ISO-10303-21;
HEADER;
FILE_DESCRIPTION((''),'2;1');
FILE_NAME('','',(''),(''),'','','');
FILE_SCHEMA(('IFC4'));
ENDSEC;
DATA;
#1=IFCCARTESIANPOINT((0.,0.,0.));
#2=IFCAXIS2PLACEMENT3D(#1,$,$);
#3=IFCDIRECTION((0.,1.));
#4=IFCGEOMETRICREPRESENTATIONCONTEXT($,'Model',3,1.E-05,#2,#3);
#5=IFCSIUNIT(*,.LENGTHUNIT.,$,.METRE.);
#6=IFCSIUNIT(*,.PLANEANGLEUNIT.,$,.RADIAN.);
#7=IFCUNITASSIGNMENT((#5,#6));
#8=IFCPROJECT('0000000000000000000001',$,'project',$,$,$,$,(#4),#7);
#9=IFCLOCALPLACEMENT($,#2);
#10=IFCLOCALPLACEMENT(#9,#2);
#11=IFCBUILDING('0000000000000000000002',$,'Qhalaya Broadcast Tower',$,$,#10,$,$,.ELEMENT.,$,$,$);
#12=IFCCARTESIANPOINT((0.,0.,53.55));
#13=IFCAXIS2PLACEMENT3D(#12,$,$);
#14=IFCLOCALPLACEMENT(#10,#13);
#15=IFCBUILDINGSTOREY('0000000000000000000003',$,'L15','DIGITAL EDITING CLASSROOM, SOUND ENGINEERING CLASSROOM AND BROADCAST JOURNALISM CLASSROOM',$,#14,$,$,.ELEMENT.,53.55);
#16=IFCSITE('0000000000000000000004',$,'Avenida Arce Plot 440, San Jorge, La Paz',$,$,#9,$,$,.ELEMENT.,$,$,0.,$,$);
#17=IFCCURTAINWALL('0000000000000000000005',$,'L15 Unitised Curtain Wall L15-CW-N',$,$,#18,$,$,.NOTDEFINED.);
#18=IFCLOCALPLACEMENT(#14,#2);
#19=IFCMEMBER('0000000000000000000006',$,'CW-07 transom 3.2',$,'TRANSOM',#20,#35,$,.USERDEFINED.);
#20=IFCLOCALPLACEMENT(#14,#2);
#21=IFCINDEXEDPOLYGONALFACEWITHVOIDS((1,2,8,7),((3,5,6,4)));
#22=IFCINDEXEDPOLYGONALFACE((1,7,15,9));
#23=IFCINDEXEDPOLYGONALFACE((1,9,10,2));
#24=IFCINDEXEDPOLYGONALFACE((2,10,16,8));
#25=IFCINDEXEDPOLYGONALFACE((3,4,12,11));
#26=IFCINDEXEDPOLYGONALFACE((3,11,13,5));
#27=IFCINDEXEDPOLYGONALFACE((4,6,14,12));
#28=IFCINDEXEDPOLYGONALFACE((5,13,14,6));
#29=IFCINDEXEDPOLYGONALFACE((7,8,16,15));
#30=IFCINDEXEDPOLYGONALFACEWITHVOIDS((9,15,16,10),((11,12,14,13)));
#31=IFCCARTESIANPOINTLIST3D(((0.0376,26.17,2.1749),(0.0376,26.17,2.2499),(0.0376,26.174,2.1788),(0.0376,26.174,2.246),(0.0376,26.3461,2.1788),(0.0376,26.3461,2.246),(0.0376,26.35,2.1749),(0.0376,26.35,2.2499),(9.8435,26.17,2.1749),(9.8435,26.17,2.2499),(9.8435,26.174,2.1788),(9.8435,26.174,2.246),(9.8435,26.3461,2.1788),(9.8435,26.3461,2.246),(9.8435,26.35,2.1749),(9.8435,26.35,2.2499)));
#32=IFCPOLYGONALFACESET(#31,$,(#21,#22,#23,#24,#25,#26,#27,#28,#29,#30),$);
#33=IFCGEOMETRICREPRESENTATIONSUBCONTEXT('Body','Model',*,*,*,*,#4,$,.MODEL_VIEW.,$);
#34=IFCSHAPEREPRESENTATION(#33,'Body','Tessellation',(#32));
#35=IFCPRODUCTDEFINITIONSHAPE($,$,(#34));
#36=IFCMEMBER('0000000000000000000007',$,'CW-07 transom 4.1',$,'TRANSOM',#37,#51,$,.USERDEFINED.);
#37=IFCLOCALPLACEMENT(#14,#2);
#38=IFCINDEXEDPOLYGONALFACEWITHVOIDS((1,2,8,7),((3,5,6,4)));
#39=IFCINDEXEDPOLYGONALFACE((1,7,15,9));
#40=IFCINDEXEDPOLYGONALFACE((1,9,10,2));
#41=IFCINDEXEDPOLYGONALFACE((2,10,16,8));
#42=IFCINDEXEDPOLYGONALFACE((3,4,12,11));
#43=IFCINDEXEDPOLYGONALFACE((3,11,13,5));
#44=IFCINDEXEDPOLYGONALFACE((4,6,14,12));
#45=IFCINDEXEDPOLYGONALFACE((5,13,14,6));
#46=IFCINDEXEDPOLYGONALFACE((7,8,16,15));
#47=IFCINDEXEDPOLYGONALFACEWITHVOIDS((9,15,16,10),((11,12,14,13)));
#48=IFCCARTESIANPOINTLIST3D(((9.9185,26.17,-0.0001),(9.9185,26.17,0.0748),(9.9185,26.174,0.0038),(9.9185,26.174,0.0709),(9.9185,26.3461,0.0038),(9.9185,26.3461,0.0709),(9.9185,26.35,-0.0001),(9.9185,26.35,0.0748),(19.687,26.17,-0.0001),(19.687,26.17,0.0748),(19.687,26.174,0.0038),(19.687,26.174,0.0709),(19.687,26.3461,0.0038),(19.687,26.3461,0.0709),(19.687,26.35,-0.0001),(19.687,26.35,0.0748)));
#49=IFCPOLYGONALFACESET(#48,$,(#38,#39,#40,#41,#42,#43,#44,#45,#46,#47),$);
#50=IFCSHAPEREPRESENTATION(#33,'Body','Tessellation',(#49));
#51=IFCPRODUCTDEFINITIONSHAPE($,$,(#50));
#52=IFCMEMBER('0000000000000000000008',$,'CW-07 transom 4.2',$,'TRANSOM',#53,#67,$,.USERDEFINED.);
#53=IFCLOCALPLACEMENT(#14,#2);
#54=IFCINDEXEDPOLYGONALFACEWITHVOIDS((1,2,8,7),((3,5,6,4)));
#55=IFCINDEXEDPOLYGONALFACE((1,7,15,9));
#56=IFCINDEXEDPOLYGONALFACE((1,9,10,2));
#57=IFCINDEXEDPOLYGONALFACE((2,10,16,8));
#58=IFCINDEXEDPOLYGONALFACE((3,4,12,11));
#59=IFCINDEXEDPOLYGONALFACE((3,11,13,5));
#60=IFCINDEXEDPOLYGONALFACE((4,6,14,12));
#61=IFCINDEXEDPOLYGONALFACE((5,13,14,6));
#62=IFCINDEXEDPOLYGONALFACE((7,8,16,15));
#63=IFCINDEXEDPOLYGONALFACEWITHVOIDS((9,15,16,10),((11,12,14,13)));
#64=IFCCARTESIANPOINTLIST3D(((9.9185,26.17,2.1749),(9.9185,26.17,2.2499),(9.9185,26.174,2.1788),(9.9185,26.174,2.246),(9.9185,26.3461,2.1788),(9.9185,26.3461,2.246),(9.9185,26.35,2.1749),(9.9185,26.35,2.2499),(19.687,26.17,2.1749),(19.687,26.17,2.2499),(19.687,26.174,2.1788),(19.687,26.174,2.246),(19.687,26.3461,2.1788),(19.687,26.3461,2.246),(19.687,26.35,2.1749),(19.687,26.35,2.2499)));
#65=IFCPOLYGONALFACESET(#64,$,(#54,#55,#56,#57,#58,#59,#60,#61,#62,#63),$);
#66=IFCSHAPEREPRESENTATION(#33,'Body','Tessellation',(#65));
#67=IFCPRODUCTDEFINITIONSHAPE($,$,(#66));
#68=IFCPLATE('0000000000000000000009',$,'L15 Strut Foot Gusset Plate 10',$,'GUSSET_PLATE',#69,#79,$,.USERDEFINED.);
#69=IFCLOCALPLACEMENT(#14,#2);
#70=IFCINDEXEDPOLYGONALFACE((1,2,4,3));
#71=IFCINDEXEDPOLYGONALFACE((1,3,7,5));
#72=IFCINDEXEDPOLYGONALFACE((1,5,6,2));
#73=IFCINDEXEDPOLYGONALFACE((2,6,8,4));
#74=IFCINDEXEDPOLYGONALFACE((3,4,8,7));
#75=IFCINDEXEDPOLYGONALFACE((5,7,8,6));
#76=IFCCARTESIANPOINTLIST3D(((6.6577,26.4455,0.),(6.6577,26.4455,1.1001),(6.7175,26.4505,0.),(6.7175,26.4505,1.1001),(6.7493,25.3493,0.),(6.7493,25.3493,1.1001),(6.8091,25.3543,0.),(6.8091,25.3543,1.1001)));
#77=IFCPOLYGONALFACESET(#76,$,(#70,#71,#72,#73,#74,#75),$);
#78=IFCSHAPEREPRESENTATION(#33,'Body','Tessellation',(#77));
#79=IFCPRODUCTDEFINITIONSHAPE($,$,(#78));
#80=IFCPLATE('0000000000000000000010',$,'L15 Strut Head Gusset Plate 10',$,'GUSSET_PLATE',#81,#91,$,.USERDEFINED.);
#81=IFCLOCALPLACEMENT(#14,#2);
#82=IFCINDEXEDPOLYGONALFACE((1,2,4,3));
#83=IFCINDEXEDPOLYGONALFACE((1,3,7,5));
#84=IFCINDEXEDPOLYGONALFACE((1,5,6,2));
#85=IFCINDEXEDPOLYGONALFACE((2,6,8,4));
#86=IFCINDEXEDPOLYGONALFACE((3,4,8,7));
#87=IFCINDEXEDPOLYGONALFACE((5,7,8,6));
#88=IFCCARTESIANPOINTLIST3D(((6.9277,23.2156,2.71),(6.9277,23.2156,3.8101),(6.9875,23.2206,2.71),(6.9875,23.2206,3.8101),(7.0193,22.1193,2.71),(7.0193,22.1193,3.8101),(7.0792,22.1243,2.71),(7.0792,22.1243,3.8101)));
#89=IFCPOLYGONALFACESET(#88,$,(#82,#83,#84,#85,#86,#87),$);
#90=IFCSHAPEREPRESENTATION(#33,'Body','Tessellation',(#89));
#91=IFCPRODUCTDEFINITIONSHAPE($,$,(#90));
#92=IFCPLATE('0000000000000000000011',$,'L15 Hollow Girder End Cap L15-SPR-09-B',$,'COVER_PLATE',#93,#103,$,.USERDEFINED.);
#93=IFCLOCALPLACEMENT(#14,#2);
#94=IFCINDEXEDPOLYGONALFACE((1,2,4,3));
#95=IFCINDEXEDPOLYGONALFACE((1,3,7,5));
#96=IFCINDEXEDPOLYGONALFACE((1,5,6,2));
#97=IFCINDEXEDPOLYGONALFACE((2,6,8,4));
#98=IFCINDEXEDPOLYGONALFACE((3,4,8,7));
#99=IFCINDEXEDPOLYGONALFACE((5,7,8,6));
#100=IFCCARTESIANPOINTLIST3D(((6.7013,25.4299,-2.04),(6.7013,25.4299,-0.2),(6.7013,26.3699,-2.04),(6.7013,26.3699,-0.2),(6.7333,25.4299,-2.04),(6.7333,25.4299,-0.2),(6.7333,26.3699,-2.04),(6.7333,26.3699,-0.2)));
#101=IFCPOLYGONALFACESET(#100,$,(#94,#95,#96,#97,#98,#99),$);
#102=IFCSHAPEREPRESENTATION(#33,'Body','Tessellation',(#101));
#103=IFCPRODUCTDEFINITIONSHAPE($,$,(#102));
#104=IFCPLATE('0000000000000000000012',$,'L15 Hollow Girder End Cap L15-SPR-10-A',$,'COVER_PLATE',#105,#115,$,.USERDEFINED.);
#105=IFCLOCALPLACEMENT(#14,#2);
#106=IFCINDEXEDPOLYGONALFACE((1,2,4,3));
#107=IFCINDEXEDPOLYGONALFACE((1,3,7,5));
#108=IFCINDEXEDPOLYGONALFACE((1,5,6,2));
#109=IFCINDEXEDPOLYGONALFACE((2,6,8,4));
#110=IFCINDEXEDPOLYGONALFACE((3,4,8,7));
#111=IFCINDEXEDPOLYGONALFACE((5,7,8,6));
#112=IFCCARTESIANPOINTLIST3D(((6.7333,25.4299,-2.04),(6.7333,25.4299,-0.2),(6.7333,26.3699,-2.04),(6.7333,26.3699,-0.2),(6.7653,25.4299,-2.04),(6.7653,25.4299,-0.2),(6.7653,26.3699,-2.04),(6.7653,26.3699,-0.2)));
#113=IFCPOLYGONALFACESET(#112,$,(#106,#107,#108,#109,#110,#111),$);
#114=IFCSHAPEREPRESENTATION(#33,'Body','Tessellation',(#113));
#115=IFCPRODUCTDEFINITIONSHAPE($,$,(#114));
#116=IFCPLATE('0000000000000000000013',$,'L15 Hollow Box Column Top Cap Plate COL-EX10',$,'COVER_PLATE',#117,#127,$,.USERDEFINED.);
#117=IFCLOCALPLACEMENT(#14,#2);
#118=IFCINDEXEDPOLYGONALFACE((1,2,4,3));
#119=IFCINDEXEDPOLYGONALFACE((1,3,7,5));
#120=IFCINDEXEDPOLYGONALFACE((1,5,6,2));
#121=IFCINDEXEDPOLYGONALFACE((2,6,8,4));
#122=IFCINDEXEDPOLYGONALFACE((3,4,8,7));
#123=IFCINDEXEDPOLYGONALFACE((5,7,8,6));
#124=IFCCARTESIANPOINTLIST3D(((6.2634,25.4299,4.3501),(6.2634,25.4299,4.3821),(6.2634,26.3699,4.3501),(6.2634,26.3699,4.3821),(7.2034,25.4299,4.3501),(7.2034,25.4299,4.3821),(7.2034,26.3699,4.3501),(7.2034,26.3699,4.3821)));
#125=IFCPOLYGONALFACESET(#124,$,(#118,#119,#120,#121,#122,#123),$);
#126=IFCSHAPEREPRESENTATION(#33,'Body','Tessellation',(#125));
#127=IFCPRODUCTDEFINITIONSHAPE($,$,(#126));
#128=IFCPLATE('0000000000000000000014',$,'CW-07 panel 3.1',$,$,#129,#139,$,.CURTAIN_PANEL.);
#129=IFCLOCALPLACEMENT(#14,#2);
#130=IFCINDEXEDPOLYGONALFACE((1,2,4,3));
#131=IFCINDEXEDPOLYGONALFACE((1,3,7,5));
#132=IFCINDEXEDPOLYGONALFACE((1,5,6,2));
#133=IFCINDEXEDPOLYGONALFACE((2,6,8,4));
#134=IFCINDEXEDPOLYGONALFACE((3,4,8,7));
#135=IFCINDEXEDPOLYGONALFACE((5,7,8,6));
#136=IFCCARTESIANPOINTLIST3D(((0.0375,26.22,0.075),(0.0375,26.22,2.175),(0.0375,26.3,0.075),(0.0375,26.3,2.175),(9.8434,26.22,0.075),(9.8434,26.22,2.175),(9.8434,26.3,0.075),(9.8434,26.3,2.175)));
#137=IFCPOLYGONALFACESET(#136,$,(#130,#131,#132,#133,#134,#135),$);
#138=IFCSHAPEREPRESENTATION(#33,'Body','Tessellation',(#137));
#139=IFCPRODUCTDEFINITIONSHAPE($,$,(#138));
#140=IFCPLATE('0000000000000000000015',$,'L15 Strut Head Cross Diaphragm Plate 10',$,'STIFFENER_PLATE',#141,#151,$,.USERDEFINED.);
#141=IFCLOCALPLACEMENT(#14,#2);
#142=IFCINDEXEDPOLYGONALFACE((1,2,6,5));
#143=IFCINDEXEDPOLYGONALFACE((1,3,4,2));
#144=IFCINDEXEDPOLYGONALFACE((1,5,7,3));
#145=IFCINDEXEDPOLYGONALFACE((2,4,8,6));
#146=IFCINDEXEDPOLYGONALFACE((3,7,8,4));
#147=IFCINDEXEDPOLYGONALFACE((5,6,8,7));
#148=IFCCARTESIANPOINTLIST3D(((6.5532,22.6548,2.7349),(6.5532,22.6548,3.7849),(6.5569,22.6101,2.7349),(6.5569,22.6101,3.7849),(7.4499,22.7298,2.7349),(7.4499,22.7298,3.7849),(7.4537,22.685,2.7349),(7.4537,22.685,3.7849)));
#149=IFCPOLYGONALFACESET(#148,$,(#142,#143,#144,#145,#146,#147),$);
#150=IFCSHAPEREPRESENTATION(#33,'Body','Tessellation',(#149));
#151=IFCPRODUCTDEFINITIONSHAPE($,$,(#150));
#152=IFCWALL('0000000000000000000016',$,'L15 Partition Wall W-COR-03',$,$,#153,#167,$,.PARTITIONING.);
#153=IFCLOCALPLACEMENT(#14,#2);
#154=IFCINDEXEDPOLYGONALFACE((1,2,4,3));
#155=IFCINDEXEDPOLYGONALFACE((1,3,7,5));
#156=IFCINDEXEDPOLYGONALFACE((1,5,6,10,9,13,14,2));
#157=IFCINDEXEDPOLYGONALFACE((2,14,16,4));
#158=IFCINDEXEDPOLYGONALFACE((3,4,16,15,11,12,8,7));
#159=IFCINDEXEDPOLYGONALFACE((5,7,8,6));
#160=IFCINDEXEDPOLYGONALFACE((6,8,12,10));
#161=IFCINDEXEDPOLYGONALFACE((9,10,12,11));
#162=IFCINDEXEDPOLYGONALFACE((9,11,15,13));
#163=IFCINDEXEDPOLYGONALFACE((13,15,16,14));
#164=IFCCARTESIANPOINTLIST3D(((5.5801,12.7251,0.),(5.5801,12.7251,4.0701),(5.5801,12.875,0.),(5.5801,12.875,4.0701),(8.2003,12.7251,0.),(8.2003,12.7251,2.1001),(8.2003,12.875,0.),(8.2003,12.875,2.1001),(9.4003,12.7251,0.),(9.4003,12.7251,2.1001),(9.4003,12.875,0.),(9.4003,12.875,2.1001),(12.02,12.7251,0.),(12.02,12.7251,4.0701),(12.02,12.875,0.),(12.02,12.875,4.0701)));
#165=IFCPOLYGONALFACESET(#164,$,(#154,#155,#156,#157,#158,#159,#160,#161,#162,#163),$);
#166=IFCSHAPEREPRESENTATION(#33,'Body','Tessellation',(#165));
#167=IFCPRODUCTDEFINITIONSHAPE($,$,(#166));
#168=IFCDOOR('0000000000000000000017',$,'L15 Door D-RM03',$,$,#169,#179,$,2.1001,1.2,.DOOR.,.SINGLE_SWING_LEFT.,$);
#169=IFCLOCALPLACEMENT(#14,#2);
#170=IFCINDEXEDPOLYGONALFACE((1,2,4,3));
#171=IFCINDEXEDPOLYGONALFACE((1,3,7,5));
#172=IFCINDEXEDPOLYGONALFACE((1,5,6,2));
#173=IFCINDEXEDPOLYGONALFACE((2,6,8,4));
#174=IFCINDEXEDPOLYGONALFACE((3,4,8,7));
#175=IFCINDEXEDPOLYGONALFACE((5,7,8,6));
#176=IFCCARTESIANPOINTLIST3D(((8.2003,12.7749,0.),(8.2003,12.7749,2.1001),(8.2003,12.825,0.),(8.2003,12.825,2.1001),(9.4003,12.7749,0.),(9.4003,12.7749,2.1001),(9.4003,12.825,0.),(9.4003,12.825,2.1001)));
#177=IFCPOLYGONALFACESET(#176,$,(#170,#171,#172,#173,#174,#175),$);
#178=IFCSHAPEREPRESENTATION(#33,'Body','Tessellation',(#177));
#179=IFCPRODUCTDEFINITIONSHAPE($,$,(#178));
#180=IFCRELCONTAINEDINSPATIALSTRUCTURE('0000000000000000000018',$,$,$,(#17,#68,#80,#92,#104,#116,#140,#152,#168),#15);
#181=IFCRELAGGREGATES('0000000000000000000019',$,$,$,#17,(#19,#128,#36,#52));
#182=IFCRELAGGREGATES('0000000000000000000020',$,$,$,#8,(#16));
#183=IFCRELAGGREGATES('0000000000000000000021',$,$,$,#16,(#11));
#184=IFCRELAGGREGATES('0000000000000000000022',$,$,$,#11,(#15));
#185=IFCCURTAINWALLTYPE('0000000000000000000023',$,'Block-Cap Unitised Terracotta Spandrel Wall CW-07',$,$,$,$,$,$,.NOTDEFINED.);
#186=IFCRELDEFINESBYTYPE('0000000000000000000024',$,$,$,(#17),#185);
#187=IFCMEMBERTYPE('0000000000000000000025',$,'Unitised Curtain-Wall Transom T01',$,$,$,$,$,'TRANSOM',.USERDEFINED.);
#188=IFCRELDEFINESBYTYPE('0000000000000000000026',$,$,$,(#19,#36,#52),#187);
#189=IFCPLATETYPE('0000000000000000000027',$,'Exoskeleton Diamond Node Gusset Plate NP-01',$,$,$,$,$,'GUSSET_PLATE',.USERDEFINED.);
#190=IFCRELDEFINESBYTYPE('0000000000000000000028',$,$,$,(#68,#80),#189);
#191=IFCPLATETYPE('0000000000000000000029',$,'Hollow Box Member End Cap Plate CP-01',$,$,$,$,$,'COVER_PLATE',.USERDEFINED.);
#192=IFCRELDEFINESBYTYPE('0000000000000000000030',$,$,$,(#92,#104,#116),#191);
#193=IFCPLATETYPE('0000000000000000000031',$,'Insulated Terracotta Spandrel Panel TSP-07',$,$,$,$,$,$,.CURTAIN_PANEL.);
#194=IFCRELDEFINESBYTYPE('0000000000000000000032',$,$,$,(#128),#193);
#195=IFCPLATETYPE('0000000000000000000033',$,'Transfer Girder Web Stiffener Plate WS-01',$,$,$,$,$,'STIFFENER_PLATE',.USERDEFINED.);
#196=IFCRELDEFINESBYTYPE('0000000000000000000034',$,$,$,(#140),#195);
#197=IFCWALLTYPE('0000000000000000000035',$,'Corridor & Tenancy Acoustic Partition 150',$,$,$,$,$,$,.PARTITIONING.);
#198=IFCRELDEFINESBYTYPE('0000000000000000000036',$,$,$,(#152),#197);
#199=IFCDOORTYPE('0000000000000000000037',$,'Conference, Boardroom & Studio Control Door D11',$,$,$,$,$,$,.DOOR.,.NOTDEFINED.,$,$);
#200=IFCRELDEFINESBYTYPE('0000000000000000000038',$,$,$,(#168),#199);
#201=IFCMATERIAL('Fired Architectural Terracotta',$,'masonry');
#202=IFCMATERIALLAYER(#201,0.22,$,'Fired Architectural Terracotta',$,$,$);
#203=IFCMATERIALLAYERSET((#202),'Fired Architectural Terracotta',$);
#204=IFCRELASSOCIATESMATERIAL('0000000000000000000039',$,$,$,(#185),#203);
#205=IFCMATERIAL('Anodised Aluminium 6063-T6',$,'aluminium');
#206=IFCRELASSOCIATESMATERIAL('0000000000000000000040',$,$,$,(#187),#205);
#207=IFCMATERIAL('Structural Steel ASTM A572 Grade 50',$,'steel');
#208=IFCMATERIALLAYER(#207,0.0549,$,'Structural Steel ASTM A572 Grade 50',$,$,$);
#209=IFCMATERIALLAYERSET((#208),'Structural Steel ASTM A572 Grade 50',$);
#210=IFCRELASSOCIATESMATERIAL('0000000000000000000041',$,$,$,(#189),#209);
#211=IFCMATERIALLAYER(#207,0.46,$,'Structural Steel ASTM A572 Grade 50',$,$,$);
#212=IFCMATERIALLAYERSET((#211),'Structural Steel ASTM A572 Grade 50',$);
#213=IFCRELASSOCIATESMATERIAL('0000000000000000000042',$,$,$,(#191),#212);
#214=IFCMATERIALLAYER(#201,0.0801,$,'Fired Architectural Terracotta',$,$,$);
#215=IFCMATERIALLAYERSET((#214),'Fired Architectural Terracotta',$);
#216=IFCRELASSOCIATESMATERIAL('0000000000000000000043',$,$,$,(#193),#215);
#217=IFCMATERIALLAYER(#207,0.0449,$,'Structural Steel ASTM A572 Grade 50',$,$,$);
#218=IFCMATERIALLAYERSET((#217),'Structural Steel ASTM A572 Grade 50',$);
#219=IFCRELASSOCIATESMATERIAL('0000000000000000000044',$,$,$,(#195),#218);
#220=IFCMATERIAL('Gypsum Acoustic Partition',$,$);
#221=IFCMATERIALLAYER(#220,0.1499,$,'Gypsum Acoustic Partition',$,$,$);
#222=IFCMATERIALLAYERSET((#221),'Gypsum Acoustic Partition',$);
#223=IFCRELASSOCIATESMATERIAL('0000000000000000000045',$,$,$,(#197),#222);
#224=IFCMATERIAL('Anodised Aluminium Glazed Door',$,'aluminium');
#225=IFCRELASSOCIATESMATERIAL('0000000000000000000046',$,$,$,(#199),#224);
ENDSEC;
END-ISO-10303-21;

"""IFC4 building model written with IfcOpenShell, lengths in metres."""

from ifc_helpers import new_model, si_unit, direction, frame, frame_2d, origin, origin_2d, place, context, subcontext, project, spatial, rectangle, hollow_rectangle, extrude, material, layer, layer_set, material_profile, profile_set, type_object, element, fill, aggregate, save


model = new_model("IFC4")

# Units and contexts
model_context = context("Model", 3, precision=1e-05, world=origin(), true_north=direction((0.0, 1.0)))
body_context = subcontext(model_context, "Body", "Model", "MODEL_VIEW")
ifc_project = project(units=[si_unit("LENGTHUNIT", "METRE"), si_unit("PLANEANGLEUNIT", "RADIAN")], contexts=[model_context])

# Site, building, storey
site_placement = place(None, origin())
site = spatial("IfcSite", under=ifc_project, at=site_placement, Name="Avenida Arce Plot 440, San Jorge, La Paz", CompositionType="ELEMENT", RefElevation=0.0)
building_placement = place(site_placement, origin())
building = spatial("IfcBuilding", under=site, at=building_placement, Name="Qhalaya Broadcast Tower", CompositionType="ELEMENT")
storey_placement = place(building_placement, frame((0.0, 0.0, 53.55)))
storey = spatial("IfcBuildingStorey", under=building, at=storey_placement, Name="L15", Description="DIGITAL EDITING CLASSROOM, SOUND ENGINEERING CLASSROOM AND BROADCAST JOURNALISM CLASSROOM", CompositionType="ELEMENT", Elevation=53.55)

# Shared definitions
ifc_material_1 = material(Name="Structural Steel ASTM A572 Grade 50", Category="steel")

# Curtain wall, members
ifc_material_2 = material(Name="Fired Architectural Terracotta", Category="masonry")
ifc_layer_1 = layer(ifc_material_2, 0.22, Name="Fired Architectural Terracotta")
ifc_layer_set_1 = layer_set([ifc_layer_1], Name="Fired Architectural Terracotta")
curtain_wall_type = type_object("IfcCurtainWallType", Name="Block-Cap Unitised Terracotta Spandrel Wall CW-07", PredefinedType="NOTDEFINED", material=ifc_layer_set_1)
curtain_wall_placement = place(storey_placement, origin())
curtain_wall = element("IfcCurtainWall", 1, at=curtain_wall_placement, inside=storey, type_object=curtain_wall_type, Name="L15 Unitised Curtain Wall L15-CW-N", PredefinedType="NOTDEFINED")
ifc_material_3 = material(Name="Anodised Aluminium 6063-T6", Category="aluminium")
ifc_material_profile_1 = material_profile(ifc_material_3, hollow_rectangle(XDim=0.075, YDim=0.1799, WallThickness=0.0039, at=origin_2d()), Name="ALU-TRN 75x180x4")
ifc_profile_set_1 = profile_set([ifc_material_profile_1], Name="Anodised Aluminium 6063-T6")
member_type_1 = type_object("IfcMemberType", Name="Unitised Curtain-Wall Transom T01", ElementType="TRANSOM", PredefinedType="USERDEFINED", material=ifc_profile_set_1)
member_1_placement = place(storey_placement, frame((0.0376, 26.26, 2.2124), z_axis=(1.0, 0.0, 0.0), x_axis=(0.0, 0.0, 1.0)))
member_1 = element("IfcMember", 2, at=member_1_placement, type_object=member_type_1, Name="CW-07 transom 3.2", ObjectType="TRANSOM", PredefinedType="USERDEFINED", context=body_context, shape_type="SweptSolid", body=[
    extrude(hollow_rectangle(XDim=0.075, YDim=0.1799, WallThickness=0.0039, at=origin_2d()), origin(), (0.0, 0.0, 1.0), 9.8059),
])
member_2_placement = place(storey_placement, frame((9.9185, 26.26, 0.0374), z_axis=(1.0, 0.0, 0.0), x_axis=(0.0, 0.0, 1.0)))
member_2 = element("IfcMember", 3, at=member_2_placement, type_object=member_type_1, Name="CW-07 transom 4.1", ObjectType="TRANSOM", PredefinedType="USERDEFINED", context=body_context, shape_type="SweptSolid", body=[
    extrude(hollow_rectangle(XDim=0.075, YDim=0.1799, WallThickness=0.0039, at=origin_2d()), origin(), (0.0, 0.0, 1.0), 9.7686),
])
member_3_placement = place(storey_placement, frame((9.9185, 26.26, 2.2124), z_axis=(1.0, 0.0, 0.0), x_axis=(0.0, 0.0, 1.0)))
member_3 = element("IfcMember", 4, at=member_3_placement, type_object=member_type_1, Name="CW-07 transom 4.2", ObjectType="TRANSOM", PredefinedType="USERDEFINED", context=body_context, shape_type="SweptSolid", body=[
    extrude(hollow_rectangle(XDim=0.075, YDim=0.1799, WallThickness=0.0039, at=origin_2d()), origin(), (0.0, 0.0, 1.0), 9.7686),
])

# Plates
ifc_layer_2 = layer(ifc_material_1, 0.0549, Name="Structural Steel ASTM A572 Grade 50")
ifc_layer_set_2 = layer_set([ifc_layer_2], Name="Structural Steel ASTM A572 Grade 50")
plate_type_1 = type_object("IfcPlateType", Name="Exoskeleton Diamond Node Gusset Plate NP-01", ElementType="GUSSET_PLATE", PredefinedType="USERDEFINED", material=ifc_layer_set_2)
for number, where, z_axis, x_axis, name in (
    (5, (6.7334, 25.8999, 0.0), (0.0, 0.0, 1.0), (0.083295, -0.996525, 0.0), "L15 Strut Foot Gusset Plate 10"),
    (6, (7.0034, 22.6699, 2.71), (0.0, 0.0, 1.0), (0.083295, -0.996525, 0.0), "L15 Strut Head Gusset Plate 10"),
):
    element("IfcPlate", number, at=place(storey_placement, frame(where, z_axis=z_axis, x_axis=x_axis)), inside=storey, type_object=plate_type_1, Name=name, ObjectType="GUSSET_PLATE", PredefinedType="USERDEFINED", context=body_context, shape_type="SweptSolid", body=[
        extrude(rectangle(XDim=1.1001, YDim=0.0601, at=origin_2d()), origin(), (0.0, 0.0, 1.0), 1.1001),
    ])
ifc_layer_3 = layer(ifc_material_1, 0.46, Name="Structural Steel ASTM A572 Grade 50")
ifc_layer_set_3 = layer_set([ifc_layer_3], Name="Structural Steel ASTM A572 Grade 50")
plate_type_2 = type_object("IfcPlateType", Name="Hollow Box Member End Cap Plate CP-01", ElementType="COVER_PLATE", PredefinedType="USERDEFINED", material=ifc_layer_set_3)
for number, where, z_axis, x_axis, name in (
    (7, (6.7173, 25.8999, -2.04), (0.0, 0.0, 1.0), (0.0, -1.0, 0.0), "L15 Hollow Girder End Cap L15-SPR-09-B"),
    (8, (6.7493, 25.8999, -2.04), (0.0, 0.0, 1.0), (0.0, -1.0, 0.0), "L15 Hollow Girder End Cap L15-SPR-10-A"),
):
    element("IfcPlate", number, at=place(storey_placement, frame(where, z_axis=z_axis, x_axis=x_axis)), inside=storey, type_object=plate_type_2, Name=name, ObjectType="COVER_PLATE", PredefinedType="USERDEFINED", context=body_context, shape_type="SweptSolid", body=[
        extrude(rectangle(XDim=0.9399, YDim=0.032, at=origin_2d()), origin(), (0.0, 0.0, 1.0), 1.8401),
    ])
plate_1_placement = place(storey_placement, frame((6.7334, 25.8999, 4.3501), z_axis=(0.0, 0.0, 1.0), x_axis=(1.0, 0.0, 0.0)))
element("IfcPlate", 9, at=plate_1_placement, inside=storey, type_object=plate_type_2, Name="L15 Hollow Box Column Top Cap Plate COL-EX10", ObjectType="COVER_PLATE", PredefinedType="USERDEFINED", context=body_context, shape_type="SweptSolid", body=[
    extrude(rectangle(XDim=0.9399, YDim=0.9399, at=origin_2d()), origin(), (0.0, 0.0, 1.0), 0.032),
])

# Plates
ifc_layer_4 = layer(ifc_material_2, 0.0801, Name="Fired Architectural Terracotta")
ifc_layer_set_4 = layer_set([ifc_layer_4], Name="Fired Architectural Terracotta")
plate_type_3 = type_object("IfcPlateType", Name="Insulated Terracotta Spandrel Panel TSP-07", PredefinedType="CURTAIN_PANEL", material=ifc_layer_set_4)
plate_2_placement = place(storey_placement, frame((4.9404, 26.26, 0.075), z_axis=(0.0, 0.0, 1.0), x_axis=(1.0, 0.0, 0.0)))
plate_2 = element("IfcPlate", 10, at=plate_2_placement, type_object=plate_type_3, Name="CW-07 panel 3.1", PredefinedType="CURTAIN_PANEL", context=body_context, shape_type="SweptSolid", body=[
    extrude(rectangle(XDim=9.8059, YDim=0.0801, at=origin_2d()), origin(), (0.0, 0.0, 1.0), 2.1001),
])
aggregate(curtain_wall, [member_1, plate_2, member_2, member_3])
ifc_layer_5 = layer(ifc_material_1, 0.0449, Name="Structural Steel ASTM A572 Grade 50")
ifc_layer_set_5 = layer_set([ifc_layer_5], Name="Structural Steel ASTM A572 Grade 50")
plate_type_4 = type_object("IfcPlateType", Name="Transfer Girder Web Stiffener Plate WS-01", ElementType="STIFFENER_PLATE", PredefinedType="USERDEFINED", material=ifc_layer_set_5)
plate_3_placement = place(storey_placement, frame((7.0034, 22.6699, 2.7349), z_axis=(0.0, 0.0, 1.0), x_axis=(0.996525, 0.083295, 0.0)))
element("IfcPlate", 11, at=plate_3_placement, inside=storey, type_object=plate_type_4, Name="L15 Strut Head Cross Diaphragm Plate 10", ObjectType="STIFFENER_PLATE", PredefinedType="USERDEFINED", context=body_context, shape_type="SweptSolid", body=[
    extrude(rectangle(XDim=0.8999, YDim=0.0449, at=origin_2d()), origin(), (0.0, 0.0, 1.0), 1.05),
])

# Wall, opening, door
ifc_material_4 = material(Name="Gypsum Acoustic Partition")
ifc_layer_6 = layer(ifc_material_4, 0.1499, Name="Gypsum Acoustic Partition")
ifc_layer_set_6 = layer_set([ifc_layer_6], Name="Gypsum Acoustic Partition")
wall_type_1 = type_object("IfcWallType", Name="Corridor & Tenancy Acoustic Partition 150", PredefinedType="PARTITIONING", material=ifc_layer_set_6)
wall_1_placement = place(storey_placement, frame((5.5801, 12.8, 0.0), z_axis=(0.0, 0.0, 1.0), x_axis=(1.0, 0.0, 0.0)))
wall_1 = element("IfcWall", 12, at=wall_1_placement, inside=storey, type_object=wall_type_1, Name="L15 Partition Wall W-COR-03", PredefinedType="PARTITIONING", context=body_context, shape_type="SweptSolid", body=[
    extrude(rectangle(XDim=6.4399, YDim=0.1499, at=frame_2d((3.22, 0.0))), origin(), (0.0, 0.0, 1.0), 4.0701),
])
opening_placement = place(wall_1_placement, frame((2.6201, 0.0, 0.0)))
opening = element("IfcOpeningElement", 13, at=opening_placement, cuts=wall_1, PredefinedType="OPENING", context=body_context, shape_type="SweptSolid", body=[
    extrude(rectangle(XDim=1.2, YDim=2.1001, at=frame_2d((0.6001, 1.05))), frame((0.0, 0.0869, 0.0), z_axis=(0.0, -1.0, 0.0), x_axis=(1.0, 0.0, 0.0)), (0.0, 0.0, 1.0), 0.1738),
])
ifc_material_5 = material(Name="Anodised Aluminium Glazed Door", Category="aluminium")
door_type = type_object("IfcDoorType", Name="Conference, Boardroom & Studio Control Door D11", OperationType="NOTDEFINED", PredefinedType="DOOR", material=ifc_material_5)
door_placement = place(opening_placement, origin())
door = element("IfcDoor", 14, at=door_placement, inside=storey, type_object=door_type, Name="L15 Door D-RM03", OperationType="SINGLE_SWING_LEFT", OverallHeight=2.1001, OverallWidth=1.2, PredefinedType="DOOR", context=body_context, shape_type="SweptSolid", body=[
    extrude(rectangle(XDim=1.2, YDim=2.1001, at=frame_2d((0.6001, 1.05))), frame((0.0, 0.0249, 0.0), z_axis=(0.0, -1.0, 0.0), x_axis=(1.0, 0.0, 0.0)), (0.0, 0.0, 1.0), 0.05),
])
fill(opening, door)

save(model, "model.ifc")
